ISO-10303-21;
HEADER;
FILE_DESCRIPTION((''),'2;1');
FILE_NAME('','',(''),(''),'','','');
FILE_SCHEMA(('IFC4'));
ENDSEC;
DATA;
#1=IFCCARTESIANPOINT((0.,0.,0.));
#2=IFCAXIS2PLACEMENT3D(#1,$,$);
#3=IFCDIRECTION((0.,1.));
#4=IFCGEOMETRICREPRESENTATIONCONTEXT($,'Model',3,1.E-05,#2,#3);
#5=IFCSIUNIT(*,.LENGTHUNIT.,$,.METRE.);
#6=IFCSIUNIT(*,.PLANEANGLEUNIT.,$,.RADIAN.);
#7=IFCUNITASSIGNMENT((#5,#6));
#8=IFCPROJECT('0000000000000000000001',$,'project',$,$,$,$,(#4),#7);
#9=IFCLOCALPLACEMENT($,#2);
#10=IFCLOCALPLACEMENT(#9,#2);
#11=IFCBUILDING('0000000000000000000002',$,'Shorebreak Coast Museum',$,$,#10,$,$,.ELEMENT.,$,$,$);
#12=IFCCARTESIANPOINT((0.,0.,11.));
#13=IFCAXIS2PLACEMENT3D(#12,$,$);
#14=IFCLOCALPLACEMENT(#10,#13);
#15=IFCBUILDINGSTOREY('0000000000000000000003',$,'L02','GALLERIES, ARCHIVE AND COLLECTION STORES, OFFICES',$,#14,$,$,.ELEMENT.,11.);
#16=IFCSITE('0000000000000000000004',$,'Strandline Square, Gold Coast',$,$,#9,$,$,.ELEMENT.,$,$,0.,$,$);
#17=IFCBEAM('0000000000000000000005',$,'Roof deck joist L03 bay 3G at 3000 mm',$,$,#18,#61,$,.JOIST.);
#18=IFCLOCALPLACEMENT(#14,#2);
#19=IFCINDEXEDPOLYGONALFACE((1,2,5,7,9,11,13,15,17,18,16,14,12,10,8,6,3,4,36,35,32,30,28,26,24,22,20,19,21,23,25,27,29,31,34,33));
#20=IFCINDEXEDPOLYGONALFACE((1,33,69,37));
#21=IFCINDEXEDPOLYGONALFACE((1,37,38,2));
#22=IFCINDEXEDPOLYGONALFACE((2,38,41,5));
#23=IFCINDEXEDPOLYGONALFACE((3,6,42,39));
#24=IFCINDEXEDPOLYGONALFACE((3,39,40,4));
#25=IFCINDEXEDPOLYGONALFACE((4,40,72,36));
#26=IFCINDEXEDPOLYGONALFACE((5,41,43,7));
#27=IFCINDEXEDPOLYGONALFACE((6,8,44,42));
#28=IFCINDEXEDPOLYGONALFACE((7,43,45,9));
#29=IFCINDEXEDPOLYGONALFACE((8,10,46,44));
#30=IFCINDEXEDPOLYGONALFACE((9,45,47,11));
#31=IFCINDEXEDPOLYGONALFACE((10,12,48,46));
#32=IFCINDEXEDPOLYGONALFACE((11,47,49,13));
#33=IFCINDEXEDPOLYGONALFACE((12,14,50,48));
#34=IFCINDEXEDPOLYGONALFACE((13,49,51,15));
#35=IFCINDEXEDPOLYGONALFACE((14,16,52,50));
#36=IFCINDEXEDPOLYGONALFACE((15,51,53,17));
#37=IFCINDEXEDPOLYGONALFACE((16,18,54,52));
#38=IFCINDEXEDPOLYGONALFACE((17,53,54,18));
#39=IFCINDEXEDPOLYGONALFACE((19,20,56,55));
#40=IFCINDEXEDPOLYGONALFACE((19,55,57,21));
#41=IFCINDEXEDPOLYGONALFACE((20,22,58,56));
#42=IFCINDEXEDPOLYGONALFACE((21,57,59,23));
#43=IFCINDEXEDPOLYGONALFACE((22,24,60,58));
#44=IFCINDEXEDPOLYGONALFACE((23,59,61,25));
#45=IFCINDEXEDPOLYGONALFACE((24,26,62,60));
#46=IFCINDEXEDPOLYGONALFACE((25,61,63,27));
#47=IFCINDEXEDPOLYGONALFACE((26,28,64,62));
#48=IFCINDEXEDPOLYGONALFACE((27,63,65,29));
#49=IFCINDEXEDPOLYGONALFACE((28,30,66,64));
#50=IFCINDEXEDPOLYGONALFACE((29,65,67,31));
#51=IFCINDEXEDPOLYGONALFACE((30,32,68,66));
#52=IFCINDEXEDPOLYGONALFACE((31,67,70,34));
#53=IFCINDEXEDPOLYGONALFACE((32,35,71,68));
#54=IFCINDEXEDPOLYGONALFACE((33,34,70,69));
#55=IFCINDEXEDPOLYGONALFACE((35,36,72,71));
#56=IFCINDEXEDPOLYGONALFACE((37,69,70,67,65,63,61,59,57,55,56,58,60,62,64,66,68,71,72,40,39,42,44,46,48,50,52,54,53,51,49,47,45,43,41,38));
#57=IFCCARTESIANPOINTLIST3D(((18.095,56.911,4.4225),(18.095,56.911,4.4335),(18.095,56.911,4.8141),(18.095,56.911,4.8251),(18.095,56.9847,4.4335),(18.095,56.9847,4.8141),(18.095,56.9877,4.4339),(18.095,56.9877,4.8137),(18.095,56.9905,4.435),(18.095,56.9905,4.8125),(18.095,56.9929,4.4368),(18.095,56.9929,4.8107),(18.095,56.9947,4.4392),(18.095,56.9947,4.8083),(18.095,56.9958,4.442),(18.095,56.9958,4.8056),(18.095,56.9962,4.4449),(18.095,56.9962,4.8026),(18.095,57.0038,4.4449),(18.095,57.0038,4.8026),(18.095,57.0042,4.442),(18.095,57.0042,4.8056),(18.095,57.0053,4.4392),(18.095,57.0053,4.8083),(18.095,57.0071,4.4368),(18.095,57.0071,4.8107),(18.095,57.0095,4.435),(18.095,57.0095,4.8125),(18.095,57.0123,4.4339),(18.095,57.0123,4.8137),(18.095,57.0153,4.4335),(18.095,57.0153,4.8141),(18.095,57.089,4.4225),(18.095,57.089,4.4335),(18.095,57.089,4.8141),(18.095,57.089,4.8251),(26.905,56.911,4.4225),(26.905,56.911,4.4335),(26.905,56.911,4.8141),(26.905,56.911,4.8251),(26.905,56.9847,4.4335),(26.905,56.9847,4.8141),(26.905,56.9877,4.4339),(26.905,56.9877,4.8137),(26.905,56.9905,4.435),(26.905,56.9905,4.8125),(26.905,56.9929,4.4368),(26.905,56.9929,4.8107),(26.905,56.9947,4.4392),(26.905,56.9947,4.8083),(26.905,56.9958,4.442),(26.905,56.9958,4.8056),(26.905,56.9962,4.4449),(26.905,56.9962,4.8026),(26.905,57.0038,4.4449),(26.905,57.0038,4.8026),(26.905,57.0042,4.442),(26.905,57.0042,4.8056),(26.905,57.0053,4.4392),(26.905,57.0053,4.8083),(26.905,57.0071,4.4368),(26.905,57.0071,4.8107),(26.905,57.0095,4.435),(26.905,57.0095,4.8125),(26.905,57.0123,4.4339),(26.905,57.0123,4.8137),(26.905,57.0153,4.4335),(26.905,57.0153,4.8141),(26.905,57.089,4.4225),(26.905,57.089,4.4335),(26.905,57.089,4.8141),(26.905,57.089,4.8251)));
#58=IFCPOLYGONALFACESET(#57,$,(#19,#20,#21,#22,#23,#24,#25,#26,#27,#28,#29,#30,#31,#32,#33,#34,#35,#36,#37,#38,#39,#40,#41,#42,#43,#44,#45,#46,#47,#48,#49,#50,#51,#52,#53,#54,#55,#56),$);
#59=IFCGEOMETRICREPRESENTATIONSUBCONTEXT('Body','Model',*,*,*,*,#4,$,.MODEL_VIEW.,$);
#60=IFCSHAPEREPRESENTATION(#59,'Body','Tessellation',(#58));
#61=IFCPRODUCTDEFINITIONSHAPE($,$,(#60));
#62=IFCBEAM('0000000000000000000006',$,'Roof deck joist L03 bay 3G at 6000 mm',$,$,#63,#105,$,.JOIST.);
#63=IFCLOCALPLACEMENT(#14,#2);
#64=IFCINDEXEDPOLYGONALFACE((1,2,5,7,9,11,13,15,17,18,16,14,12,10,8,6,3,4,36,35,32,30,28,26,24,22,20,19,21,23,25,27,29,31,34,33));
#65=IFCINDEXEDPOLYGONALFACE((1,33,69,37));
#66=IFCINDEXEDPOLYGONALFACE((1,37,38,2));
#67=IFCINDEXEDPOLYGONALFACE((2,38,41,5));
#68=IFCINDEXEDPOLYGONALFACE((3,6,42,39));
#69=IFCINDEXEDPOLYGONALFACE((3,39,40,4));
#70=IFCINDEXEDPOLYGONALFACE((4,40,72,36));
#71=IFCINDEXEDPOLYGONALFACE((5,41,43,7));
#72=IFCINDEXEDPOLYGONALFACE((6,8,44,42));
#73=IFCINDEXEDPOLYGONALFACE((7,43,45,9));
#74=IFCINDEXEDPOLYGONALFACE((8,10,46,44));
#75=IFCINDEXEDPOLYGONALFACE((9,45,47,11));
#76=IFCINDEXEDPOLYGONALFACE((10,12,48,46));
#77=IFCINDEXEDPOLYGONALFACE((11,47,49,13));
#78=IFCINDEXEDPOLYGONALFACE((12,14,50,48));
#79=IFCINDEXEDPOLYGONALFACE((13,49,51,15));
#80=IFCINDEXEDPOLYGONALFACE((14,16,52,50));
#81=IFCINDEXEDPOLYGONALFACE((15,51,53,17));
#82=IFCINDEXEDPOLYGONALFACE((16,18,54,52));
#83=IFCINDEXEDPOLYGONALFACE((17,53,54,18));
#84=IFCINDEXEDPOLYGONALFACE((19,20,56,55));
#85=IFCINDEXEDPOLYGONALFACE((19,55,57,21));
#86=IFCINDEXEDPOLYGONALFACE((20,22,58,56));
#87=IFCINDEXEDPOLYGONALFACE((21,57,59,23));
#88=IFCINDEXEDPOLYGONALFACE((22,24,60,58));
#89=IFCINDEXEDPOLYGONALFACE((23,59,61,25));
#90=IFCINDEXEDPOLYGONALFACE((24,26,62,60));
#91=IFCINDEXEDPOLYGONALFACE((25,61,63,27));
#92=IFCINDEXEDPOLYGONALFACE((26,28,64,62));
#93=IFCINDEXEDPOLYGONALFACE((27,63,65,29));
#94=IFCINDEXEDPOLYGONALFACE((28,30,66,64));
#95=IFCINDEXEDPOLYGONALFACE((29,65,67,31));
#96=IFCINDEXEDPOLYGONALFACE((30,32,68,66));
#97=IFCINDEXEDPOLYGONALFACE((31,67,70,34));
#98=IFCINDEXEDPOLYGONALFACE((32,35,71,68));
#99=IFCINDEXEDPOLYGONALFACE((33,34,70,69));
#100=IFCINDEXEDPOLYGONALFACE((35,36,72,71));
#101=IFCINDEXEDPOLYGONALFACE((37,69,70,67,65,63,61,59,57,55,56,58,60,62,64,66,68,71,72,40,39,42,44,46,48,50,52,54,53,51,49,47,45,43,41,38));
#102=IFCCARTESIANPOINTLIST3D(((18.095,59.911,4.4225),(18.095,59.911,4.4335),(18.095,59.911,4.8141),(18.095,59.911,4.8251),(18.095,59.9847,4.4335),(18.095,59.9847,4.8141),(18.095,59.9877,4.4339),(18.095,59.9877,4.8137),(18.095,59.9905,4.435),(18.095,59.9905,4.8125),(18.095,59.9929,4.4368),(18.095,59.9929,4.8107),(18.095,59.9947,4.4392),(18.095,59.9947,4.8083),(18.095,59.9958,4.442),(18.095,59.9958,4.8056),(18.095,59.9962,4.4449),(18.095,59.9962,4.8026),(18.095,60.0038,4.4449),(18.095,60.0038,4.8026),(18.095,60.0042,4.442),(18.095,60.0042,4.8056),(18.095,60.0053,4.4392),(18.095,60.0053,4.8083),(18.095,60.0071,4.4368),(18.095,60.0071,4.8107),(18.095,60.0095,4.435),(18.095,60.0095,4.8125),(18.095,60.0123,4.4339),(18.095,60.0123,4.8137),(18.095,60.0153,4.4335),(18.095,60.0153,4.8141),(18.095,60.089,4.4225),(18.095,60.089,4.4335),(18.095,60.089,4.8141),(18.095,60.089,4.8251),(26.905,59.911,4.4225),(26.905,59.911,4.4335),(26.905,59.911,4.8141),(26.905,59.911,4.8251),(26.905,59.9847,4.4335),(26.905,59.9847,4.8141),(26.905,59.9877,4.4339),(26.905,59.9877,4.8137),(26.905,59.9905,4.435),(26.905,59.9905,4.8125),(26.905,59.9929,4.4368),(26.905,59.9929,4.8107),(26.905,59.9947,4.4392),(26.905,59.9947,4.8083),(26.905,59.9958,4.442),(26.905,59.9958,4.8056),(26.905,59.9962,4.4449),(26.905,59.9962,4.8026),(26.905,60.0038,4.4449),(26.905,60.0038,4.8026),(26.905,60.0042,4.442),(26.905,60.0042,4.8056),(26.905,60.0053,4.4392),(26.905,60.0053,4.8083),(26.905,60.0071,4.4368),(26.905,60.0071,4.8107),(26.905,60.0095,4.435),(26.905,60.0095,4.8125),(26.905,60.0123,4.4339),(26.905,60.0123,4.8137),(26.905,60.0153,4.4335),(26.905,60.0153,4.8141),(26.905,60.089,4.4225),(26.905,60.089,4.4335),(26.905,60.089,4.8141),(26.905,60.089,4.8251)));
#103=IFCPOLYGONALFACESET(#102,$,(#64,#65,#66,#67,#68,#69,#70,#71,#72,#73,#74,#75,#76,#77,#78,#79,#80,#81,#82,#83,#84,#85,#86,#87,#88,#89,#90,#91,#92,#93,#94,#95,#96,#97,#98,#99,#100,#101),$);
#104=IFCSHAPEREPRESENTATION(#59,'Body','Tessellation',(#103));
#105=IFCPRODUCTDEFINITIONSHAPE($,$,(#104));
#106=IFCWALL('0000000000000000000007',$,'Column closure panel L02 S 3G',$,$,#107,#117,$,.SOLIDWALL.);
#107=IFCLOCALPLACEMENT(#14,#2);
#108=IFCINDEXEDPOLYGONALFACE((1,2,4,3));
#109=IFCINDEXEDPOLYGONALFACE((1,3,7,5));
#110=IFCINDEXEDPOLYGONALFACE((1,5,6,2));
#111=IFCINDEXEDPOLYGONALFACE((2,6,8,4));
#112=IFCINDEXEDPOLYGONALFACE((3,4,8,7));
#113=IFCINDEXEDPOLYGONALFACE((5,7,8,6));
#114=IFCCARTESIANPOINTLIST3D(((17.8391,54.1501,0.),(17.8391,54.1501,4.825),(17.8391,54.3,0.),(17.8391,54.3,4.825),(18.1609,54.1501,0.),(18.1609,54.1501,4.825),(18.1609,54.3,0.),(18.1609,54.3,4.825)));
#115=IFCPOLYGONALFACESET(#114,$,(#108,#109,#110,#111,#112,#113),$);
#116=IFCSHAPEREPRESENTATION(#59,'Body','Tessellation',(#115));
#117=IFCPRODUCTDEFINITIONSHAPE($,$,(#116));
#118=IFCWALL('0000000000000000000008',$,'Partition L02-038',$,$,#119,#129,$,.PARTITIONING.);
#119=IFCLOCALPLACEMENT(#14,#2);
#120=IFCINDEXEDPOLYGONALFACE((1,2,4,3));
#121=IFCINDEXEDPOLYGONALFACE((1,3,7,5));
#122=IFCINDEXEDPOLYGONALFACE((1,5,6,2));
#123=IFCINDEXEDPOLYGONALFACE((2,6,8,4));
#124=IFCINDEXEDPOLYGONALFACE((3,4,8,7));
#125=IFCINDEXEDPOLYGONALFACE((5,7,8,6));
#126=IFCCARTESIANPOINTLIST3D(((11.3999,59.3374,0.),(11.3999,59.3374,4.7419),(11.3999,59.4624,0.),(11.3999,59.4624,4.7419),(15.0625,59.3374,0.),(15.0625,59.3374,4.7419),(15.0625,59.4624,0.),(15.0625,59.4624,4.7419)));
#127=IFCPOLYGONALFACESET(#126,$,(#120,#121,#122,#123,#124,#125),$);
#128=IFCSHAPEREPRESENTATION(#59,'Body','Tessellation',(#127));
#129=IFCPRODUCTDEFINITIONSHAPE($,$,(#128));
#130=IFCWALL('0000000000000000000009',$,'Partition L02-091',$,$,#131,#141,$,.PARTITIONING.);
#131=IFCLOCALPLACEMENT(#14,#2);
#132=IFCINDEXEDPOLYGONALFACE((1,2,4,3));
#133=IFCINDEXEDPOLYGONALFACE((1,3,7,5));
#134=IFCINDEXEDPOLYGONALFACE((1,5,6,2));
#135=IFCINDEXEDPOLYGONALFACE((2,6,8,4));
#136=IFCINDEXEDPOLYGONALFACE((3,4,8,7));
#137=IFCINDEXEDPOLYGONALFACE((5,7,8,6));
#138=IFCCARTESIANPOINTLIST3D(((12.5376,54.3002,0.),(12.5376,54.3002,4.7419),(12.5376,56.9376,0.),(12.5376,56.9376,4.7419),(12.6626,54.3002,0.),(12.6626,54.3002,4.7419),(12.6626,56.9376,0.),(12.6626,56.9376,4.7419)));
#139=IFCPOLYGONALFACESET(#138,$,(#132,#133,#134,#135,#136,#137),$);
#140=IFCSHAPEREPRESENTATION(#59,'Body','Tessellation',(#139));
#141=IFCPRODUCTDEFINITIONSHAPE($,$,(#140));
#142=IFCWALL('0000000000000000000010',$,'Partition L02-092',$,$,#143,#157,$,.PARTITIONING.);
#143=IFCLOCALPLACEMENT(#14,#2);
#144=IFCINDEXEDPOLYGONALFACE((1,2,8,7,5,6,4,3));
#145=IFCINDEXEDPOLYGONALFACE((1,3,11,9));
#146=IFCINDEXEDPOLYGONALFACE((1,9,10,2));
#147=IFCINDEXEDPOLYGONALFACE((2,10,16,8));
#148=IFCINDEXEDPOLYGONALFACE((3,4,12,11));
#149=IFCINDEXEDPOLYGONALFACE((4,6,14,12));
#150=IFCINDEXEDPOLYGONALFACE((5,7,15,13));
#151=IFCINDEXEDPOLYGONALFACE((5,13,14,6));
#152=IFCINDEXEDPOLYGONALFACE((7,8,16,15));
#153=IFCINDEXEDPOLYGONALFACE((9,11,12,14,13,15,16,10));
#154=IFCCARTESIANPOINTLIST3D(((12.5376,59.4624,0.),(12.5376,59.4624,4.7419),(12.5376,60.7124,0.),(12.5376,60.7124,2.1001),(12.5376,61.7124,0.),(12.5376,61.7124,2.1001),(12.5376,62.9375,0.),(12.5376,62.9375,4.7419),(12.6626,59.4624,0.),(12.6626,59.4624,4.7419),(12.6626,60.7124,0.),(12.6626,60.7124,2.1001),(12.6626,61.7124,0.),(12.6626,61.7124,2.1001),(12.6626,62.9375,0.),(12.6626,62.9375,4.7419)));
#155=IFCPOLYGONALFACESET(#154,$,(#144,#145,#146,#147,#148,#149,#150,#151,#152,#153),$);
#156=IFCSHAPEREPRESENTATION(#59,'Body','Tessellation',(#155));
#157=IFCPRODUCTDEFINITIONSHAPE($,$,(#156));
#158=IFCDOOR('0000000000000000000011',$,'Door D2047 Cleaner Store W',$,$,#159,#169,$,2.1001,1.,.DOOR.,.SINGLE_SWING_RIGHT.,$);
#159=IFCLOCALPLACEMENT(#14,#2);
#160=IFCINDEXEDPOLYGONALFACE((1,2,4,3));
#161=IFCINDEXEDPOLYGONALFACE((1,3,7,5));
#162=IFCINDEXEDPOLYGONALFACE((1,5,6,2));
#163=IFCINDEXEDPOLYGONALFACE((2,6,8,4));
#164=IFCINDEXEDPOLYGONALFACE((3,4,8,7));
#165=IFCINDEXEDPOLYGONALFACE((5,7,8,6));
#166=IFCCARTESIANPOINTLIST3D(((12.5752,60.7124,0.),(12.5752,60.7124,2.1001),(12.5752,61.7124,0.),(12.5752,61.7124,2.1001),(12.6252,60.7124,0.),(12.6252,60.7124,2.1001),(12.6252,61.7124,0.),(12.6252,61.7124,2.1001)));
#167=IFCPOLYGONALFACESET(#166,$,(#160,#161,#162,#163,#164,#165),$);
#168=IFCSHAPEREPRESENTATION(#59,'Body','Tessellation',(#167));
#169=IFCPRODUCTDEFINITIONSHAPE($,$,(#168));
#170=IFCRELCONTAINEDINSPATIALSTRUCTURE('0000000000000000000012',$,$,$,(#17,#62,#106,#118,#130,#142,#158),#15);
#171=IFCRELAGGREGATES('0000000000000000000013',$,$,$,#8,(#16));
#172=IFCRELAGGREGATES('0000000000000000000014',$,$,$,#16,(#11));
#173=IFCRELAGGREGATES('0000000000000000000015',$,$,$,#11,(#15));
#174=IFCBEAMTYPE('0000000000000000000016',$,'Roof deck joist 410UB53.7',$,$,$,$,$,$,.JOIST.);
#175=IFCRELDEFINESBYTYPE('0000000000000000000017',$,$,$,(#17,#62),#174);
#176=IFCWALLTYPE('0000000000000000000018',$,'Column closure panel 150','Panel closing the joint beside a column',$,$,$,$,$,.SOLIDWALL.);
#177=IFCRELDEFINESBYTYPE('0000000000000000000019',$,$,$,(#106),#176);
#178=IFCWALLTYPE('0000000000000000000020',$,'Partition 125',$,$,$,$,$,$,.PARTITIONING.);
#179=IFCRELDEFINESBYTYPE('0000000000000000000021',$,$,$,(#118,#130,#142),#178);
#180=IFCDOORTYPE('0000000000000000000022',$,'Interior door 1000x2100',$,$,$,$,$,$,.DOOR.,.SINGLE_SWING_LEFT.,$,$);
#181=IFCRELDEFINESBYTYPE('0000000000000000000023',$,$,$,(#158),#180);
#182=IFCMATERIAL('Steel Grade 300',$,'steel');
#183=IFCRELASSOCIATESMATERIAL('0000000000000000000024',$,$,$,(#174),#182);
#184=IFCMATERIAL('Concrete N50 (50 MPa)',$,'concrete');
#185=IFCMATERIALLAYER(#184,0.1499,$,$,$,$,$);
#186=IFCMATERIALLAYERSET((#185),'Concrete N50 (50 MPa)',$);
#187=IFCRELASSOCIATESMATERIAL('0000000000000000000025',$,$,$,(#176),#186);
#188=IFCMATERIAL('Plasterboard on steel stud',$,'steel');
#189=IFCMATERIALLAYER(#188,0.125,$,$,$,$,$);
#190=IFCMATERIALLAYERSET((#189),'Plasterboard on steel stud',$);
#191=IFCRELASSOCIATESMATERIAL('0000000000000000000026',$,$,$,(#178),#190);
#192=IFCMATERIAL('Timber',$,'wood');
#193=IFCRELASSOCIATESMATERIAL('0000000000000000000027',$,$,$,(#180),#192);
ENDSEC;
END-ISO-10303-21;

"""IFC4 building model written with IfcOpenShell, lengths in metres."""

from ifc_helpers import new_model, si_unit, direction, frame, frame_2d, origin, origin_2d, place, context, subcontext, project, spatial, rectangle, i_section, extrude, material, layer, layer_set, material_profile, profile_set, type_object, element, fill, save


model = new_model("IFC4")

# Units and contexts
model_context = context("Model", 3, precision=1e-05, world=origin(), true_north=direction((0.0, 1.0)))
body_context = subcontext(model_context, "Body", "Model", "MODEL_VIEW")
ifc_project = project(units=[si_unit("LENGTHUNIT", "METRE"), si_unit("PLANEANGLEUNIT", "RADIAN")], contexts=[model_context])

# Site, building, storey
site_placement = place(None, origin())
site = spatial("IfcSite", under=ifc_project, at=site_placement, Name="Strandline Square, Gold Coast", CompositionType="ELEMENT", RefElevation=0.0)
building_placement = place(site_placement, origin())
building = spatial("IfcBuilding", under=site, at=building_placement, Name="Shorebreak Coast Museum", CompositionType="ELEMENT")
storey_placement = place(building_placement, frame((0.0, 0.0, 11.0)))
storey = spatial("IfcBuildingStorey", under=building, at=storey_placement, Name="L02", Description="GALLERIES, ARCHIVE AND COLLECTION STORES, OFFICES", CompositionType="ELEMENT", Elevation=11.0)

# Beams
ifc_material_1 = material(Name="Steel Grade 300", Category="steel")
ifc_material_profile_1 = material_profile(ifc_material_1, i_section(OverallWidth=0.178, OverallDepth=0.4026, WebThickness=0.0076, FlangeThickness=0.011, FilletRadius=0.0115, at=origin_2d()), Name="410UB53.7")
ifc_profile_set_1 = profile_set([ifc_material_profile_1], Name="Steel Grade 300")
beam_type_1 = type_object("IfcBeamType", Name="Roof deck joist 410UB53.7", PredefinedType="JOIST", material=ifc_profile_set_1)
for number, where, z_axis, x_axis, name in (
    (1, (18.095, 57.0, 4.6238), (1.0, 0.0, 0.0), (0.0, 1.0, 0.0), "Roof deck joist L03 bay 3G at 3000 mm"),
    (2, (18.095, 60.0, 4.6238), (1.0, 0.0, 0.0), (0.0, 1.0, 0.0), "Roof deck joist L03 bay 3G at 6000 mm"),
):
    element("IfcBeam", number, at=place(storey_placement, frame(where, z_axis=z_axis, x_axis=x_axis)), inside=storey, type_object=beam_type_1, Name=name, PredefinedType="JOIST", context=body_context, shape_type="SweptSolid", body=[
        extrude(i_section(OverallWidth=0.178, OverallDepth=0.4026, WebThickness=0.0076, FlangeThickness=0.011, FilletRadius=0.0115, at=origin_2d()), origin(), (0.0, 0.0, 1.0), 8.8101),
    ])

# Walls
ifc_material_2 = material(Name="Concrete N50 (50 MPa)", Category="concrete")
ifc_layer_1 = layer(ifc_material_2, 0.1499)
ifc_layer_set_1 = layer_set([ifc_layer_1], Name="Concrete N50 (50 MPa)")
wall_type_1 = type_object("IfcWallType", Name="Column closure panel 150", Description="Panel closing the joint beside a column", PredefinedType="SOLIDWALL", material=ifc_layer_set_1)
wall_1_placement = place(storey_placement, frame((17.8391, 54.2251, 0.0), z_axis=(0.0, 0.0, 1.0), x_axis=(1.0, 0.0, 0.0)))
element("IfcWall", 3, at=wall_1_placement, inside=storey, type_object=wall_type_1, Name="Column closure panel L02 S 3G", PredefinedType="SOLIDWALL", context=body_context, shape_type="SweptSolid", body=[
    extrude(rectangle(XDim=0.3218, YDim=0.1499, at=frame_2d((0.1609, 0.0))), origin(), (0.0, 0.0, 1.0), 4.825),
])
ifc_material_3 = material(Name="Plasterboard on steel stud", Category="steel")
ifc_layer_2 = layer(ifc_material_3, 0.125)
ifc_layer_set_2 = layer_set([ifc_layer_2], Name="Plasterboard on steel stud")
wall_type_2 = type_object("IfcWallType", Name="Partition 125", PredefinedType="PARTITIONING", material=ifc_layer_set_2)
wall_2_placement = place(storey_placement, frame((11.3999, 59.3999, 0.0), z_axis=(0.0, 0.0, 1.0), x_axis=(1.0, 0.0, 0.0)))
element("IfcWall", 4, at=wall_2_placement, inside=storey, type_object=wall_type_2, Name="Partition L02-038", PredefinedType="PARTITIONING", context=body_context, shape_type="SweptSolid", body=[
    extrude(rectangle(XDim=3.6626, YDim=0.125, at=frame_2d((1.8313, 0.0))), origin(), (0.0, 0.0, 1.0), 4.7419),
])
wall_3_placement = place(storey_placement, frame((12.6001, 54.3, 0.0), z_axis=(0.0, 0.0, 1.0), x_axis=(0.0, 1.0, 0.0)))
element("IfcWall", 5, at=wall_3_placement, inside=storey, type_object=wall_type_2, Name="Partition L02-091", PredefinedType="PARTITIONING", context=body_context, shape_type="SweptSolid", body=[
    extrude(rectangle(XDim=2.6375, YDim=0.125, at=frame_2d((1.3188, 0.0))), origin(), (0.0, 0.0, 1.0), 4.7419),
])

# Wall, opening, door
wall_4_placement = place(storey_placement, frame((12.6001, 59.4624, 0.0), z_axis=(0.0, 0.0, 1.0), x_axis=(0.0, 1.0, 0.0)))
wall_4 = element("IfcWall", 6, at=wall_4_placement, inside=storey, type_object=wall_type_2, Name="Partition L02-092", PredefinedType="PARTITIONING", context=body_context, shape_type="SweptSolid", body=[
    extrude(rectangle(XDim=3.4751, YDim=0.125, at=frame_2d((1.7375, 0.0))), origin(), (0.0, 0.0, 1.0), 4.7419),
])
opening_1_placement = place(wall_4_placement, frame((1.25, 0.0, 0.0)))
opening_1 = element("IfcOpeningElement", 7, at=opening_1_placement, cuts=wall_4, PredefinedType="OPENING", context=body_context, shape_type="SweptSolid", body=[
    extrude(rectangle(XDim=1.0, YDim=2.1001, at=frame_2d((0.5, 1.05))), frame((0.0, 0.0725, 0.0), z_axis=(0.0, -1.0, 0.0), x_axis=(1.0, 0.0, 0.0)), (0.0, 0.0, 1.0), 0.145),
])
ifc_material_4 = material(Name="Timber", Category="wood")
door_type_1 = type_object("IfcDoorType", Name="Interior door 1000x2100", OperationType="SINGLE_SWING_LEFT", PredefinedType="DOOR", material=ifc_material_4)
door_1_placement = place(opening_1_placement, origin())
door_1 = element("IfcDoor", 8, at=door_1_placement, inside=storey, type_object=door_type_1, Name="Door D2047 Cleaner Store W", OperationType="SINGLE_SWING_RIGHT", OverallHeight=2.1001, OverallWidth=1.0, PredefinedType="DOOR", context=body_context, shape_type="SweptSolid", body=[
    extrude(rectangle(XDim=1.0, YDim=2.1001, at=frame_2d((0.5, 1.05))), frame((0.0, 0.0249, 0.0), z_axis=(0.0, -1.0, 0.0), x_axis=(1.0, 0.0, 0.0)), (0.0, 0.0, 1.0), 0.05),
])
fill(opening_1, door_1)

save(model, "model.ifc")
